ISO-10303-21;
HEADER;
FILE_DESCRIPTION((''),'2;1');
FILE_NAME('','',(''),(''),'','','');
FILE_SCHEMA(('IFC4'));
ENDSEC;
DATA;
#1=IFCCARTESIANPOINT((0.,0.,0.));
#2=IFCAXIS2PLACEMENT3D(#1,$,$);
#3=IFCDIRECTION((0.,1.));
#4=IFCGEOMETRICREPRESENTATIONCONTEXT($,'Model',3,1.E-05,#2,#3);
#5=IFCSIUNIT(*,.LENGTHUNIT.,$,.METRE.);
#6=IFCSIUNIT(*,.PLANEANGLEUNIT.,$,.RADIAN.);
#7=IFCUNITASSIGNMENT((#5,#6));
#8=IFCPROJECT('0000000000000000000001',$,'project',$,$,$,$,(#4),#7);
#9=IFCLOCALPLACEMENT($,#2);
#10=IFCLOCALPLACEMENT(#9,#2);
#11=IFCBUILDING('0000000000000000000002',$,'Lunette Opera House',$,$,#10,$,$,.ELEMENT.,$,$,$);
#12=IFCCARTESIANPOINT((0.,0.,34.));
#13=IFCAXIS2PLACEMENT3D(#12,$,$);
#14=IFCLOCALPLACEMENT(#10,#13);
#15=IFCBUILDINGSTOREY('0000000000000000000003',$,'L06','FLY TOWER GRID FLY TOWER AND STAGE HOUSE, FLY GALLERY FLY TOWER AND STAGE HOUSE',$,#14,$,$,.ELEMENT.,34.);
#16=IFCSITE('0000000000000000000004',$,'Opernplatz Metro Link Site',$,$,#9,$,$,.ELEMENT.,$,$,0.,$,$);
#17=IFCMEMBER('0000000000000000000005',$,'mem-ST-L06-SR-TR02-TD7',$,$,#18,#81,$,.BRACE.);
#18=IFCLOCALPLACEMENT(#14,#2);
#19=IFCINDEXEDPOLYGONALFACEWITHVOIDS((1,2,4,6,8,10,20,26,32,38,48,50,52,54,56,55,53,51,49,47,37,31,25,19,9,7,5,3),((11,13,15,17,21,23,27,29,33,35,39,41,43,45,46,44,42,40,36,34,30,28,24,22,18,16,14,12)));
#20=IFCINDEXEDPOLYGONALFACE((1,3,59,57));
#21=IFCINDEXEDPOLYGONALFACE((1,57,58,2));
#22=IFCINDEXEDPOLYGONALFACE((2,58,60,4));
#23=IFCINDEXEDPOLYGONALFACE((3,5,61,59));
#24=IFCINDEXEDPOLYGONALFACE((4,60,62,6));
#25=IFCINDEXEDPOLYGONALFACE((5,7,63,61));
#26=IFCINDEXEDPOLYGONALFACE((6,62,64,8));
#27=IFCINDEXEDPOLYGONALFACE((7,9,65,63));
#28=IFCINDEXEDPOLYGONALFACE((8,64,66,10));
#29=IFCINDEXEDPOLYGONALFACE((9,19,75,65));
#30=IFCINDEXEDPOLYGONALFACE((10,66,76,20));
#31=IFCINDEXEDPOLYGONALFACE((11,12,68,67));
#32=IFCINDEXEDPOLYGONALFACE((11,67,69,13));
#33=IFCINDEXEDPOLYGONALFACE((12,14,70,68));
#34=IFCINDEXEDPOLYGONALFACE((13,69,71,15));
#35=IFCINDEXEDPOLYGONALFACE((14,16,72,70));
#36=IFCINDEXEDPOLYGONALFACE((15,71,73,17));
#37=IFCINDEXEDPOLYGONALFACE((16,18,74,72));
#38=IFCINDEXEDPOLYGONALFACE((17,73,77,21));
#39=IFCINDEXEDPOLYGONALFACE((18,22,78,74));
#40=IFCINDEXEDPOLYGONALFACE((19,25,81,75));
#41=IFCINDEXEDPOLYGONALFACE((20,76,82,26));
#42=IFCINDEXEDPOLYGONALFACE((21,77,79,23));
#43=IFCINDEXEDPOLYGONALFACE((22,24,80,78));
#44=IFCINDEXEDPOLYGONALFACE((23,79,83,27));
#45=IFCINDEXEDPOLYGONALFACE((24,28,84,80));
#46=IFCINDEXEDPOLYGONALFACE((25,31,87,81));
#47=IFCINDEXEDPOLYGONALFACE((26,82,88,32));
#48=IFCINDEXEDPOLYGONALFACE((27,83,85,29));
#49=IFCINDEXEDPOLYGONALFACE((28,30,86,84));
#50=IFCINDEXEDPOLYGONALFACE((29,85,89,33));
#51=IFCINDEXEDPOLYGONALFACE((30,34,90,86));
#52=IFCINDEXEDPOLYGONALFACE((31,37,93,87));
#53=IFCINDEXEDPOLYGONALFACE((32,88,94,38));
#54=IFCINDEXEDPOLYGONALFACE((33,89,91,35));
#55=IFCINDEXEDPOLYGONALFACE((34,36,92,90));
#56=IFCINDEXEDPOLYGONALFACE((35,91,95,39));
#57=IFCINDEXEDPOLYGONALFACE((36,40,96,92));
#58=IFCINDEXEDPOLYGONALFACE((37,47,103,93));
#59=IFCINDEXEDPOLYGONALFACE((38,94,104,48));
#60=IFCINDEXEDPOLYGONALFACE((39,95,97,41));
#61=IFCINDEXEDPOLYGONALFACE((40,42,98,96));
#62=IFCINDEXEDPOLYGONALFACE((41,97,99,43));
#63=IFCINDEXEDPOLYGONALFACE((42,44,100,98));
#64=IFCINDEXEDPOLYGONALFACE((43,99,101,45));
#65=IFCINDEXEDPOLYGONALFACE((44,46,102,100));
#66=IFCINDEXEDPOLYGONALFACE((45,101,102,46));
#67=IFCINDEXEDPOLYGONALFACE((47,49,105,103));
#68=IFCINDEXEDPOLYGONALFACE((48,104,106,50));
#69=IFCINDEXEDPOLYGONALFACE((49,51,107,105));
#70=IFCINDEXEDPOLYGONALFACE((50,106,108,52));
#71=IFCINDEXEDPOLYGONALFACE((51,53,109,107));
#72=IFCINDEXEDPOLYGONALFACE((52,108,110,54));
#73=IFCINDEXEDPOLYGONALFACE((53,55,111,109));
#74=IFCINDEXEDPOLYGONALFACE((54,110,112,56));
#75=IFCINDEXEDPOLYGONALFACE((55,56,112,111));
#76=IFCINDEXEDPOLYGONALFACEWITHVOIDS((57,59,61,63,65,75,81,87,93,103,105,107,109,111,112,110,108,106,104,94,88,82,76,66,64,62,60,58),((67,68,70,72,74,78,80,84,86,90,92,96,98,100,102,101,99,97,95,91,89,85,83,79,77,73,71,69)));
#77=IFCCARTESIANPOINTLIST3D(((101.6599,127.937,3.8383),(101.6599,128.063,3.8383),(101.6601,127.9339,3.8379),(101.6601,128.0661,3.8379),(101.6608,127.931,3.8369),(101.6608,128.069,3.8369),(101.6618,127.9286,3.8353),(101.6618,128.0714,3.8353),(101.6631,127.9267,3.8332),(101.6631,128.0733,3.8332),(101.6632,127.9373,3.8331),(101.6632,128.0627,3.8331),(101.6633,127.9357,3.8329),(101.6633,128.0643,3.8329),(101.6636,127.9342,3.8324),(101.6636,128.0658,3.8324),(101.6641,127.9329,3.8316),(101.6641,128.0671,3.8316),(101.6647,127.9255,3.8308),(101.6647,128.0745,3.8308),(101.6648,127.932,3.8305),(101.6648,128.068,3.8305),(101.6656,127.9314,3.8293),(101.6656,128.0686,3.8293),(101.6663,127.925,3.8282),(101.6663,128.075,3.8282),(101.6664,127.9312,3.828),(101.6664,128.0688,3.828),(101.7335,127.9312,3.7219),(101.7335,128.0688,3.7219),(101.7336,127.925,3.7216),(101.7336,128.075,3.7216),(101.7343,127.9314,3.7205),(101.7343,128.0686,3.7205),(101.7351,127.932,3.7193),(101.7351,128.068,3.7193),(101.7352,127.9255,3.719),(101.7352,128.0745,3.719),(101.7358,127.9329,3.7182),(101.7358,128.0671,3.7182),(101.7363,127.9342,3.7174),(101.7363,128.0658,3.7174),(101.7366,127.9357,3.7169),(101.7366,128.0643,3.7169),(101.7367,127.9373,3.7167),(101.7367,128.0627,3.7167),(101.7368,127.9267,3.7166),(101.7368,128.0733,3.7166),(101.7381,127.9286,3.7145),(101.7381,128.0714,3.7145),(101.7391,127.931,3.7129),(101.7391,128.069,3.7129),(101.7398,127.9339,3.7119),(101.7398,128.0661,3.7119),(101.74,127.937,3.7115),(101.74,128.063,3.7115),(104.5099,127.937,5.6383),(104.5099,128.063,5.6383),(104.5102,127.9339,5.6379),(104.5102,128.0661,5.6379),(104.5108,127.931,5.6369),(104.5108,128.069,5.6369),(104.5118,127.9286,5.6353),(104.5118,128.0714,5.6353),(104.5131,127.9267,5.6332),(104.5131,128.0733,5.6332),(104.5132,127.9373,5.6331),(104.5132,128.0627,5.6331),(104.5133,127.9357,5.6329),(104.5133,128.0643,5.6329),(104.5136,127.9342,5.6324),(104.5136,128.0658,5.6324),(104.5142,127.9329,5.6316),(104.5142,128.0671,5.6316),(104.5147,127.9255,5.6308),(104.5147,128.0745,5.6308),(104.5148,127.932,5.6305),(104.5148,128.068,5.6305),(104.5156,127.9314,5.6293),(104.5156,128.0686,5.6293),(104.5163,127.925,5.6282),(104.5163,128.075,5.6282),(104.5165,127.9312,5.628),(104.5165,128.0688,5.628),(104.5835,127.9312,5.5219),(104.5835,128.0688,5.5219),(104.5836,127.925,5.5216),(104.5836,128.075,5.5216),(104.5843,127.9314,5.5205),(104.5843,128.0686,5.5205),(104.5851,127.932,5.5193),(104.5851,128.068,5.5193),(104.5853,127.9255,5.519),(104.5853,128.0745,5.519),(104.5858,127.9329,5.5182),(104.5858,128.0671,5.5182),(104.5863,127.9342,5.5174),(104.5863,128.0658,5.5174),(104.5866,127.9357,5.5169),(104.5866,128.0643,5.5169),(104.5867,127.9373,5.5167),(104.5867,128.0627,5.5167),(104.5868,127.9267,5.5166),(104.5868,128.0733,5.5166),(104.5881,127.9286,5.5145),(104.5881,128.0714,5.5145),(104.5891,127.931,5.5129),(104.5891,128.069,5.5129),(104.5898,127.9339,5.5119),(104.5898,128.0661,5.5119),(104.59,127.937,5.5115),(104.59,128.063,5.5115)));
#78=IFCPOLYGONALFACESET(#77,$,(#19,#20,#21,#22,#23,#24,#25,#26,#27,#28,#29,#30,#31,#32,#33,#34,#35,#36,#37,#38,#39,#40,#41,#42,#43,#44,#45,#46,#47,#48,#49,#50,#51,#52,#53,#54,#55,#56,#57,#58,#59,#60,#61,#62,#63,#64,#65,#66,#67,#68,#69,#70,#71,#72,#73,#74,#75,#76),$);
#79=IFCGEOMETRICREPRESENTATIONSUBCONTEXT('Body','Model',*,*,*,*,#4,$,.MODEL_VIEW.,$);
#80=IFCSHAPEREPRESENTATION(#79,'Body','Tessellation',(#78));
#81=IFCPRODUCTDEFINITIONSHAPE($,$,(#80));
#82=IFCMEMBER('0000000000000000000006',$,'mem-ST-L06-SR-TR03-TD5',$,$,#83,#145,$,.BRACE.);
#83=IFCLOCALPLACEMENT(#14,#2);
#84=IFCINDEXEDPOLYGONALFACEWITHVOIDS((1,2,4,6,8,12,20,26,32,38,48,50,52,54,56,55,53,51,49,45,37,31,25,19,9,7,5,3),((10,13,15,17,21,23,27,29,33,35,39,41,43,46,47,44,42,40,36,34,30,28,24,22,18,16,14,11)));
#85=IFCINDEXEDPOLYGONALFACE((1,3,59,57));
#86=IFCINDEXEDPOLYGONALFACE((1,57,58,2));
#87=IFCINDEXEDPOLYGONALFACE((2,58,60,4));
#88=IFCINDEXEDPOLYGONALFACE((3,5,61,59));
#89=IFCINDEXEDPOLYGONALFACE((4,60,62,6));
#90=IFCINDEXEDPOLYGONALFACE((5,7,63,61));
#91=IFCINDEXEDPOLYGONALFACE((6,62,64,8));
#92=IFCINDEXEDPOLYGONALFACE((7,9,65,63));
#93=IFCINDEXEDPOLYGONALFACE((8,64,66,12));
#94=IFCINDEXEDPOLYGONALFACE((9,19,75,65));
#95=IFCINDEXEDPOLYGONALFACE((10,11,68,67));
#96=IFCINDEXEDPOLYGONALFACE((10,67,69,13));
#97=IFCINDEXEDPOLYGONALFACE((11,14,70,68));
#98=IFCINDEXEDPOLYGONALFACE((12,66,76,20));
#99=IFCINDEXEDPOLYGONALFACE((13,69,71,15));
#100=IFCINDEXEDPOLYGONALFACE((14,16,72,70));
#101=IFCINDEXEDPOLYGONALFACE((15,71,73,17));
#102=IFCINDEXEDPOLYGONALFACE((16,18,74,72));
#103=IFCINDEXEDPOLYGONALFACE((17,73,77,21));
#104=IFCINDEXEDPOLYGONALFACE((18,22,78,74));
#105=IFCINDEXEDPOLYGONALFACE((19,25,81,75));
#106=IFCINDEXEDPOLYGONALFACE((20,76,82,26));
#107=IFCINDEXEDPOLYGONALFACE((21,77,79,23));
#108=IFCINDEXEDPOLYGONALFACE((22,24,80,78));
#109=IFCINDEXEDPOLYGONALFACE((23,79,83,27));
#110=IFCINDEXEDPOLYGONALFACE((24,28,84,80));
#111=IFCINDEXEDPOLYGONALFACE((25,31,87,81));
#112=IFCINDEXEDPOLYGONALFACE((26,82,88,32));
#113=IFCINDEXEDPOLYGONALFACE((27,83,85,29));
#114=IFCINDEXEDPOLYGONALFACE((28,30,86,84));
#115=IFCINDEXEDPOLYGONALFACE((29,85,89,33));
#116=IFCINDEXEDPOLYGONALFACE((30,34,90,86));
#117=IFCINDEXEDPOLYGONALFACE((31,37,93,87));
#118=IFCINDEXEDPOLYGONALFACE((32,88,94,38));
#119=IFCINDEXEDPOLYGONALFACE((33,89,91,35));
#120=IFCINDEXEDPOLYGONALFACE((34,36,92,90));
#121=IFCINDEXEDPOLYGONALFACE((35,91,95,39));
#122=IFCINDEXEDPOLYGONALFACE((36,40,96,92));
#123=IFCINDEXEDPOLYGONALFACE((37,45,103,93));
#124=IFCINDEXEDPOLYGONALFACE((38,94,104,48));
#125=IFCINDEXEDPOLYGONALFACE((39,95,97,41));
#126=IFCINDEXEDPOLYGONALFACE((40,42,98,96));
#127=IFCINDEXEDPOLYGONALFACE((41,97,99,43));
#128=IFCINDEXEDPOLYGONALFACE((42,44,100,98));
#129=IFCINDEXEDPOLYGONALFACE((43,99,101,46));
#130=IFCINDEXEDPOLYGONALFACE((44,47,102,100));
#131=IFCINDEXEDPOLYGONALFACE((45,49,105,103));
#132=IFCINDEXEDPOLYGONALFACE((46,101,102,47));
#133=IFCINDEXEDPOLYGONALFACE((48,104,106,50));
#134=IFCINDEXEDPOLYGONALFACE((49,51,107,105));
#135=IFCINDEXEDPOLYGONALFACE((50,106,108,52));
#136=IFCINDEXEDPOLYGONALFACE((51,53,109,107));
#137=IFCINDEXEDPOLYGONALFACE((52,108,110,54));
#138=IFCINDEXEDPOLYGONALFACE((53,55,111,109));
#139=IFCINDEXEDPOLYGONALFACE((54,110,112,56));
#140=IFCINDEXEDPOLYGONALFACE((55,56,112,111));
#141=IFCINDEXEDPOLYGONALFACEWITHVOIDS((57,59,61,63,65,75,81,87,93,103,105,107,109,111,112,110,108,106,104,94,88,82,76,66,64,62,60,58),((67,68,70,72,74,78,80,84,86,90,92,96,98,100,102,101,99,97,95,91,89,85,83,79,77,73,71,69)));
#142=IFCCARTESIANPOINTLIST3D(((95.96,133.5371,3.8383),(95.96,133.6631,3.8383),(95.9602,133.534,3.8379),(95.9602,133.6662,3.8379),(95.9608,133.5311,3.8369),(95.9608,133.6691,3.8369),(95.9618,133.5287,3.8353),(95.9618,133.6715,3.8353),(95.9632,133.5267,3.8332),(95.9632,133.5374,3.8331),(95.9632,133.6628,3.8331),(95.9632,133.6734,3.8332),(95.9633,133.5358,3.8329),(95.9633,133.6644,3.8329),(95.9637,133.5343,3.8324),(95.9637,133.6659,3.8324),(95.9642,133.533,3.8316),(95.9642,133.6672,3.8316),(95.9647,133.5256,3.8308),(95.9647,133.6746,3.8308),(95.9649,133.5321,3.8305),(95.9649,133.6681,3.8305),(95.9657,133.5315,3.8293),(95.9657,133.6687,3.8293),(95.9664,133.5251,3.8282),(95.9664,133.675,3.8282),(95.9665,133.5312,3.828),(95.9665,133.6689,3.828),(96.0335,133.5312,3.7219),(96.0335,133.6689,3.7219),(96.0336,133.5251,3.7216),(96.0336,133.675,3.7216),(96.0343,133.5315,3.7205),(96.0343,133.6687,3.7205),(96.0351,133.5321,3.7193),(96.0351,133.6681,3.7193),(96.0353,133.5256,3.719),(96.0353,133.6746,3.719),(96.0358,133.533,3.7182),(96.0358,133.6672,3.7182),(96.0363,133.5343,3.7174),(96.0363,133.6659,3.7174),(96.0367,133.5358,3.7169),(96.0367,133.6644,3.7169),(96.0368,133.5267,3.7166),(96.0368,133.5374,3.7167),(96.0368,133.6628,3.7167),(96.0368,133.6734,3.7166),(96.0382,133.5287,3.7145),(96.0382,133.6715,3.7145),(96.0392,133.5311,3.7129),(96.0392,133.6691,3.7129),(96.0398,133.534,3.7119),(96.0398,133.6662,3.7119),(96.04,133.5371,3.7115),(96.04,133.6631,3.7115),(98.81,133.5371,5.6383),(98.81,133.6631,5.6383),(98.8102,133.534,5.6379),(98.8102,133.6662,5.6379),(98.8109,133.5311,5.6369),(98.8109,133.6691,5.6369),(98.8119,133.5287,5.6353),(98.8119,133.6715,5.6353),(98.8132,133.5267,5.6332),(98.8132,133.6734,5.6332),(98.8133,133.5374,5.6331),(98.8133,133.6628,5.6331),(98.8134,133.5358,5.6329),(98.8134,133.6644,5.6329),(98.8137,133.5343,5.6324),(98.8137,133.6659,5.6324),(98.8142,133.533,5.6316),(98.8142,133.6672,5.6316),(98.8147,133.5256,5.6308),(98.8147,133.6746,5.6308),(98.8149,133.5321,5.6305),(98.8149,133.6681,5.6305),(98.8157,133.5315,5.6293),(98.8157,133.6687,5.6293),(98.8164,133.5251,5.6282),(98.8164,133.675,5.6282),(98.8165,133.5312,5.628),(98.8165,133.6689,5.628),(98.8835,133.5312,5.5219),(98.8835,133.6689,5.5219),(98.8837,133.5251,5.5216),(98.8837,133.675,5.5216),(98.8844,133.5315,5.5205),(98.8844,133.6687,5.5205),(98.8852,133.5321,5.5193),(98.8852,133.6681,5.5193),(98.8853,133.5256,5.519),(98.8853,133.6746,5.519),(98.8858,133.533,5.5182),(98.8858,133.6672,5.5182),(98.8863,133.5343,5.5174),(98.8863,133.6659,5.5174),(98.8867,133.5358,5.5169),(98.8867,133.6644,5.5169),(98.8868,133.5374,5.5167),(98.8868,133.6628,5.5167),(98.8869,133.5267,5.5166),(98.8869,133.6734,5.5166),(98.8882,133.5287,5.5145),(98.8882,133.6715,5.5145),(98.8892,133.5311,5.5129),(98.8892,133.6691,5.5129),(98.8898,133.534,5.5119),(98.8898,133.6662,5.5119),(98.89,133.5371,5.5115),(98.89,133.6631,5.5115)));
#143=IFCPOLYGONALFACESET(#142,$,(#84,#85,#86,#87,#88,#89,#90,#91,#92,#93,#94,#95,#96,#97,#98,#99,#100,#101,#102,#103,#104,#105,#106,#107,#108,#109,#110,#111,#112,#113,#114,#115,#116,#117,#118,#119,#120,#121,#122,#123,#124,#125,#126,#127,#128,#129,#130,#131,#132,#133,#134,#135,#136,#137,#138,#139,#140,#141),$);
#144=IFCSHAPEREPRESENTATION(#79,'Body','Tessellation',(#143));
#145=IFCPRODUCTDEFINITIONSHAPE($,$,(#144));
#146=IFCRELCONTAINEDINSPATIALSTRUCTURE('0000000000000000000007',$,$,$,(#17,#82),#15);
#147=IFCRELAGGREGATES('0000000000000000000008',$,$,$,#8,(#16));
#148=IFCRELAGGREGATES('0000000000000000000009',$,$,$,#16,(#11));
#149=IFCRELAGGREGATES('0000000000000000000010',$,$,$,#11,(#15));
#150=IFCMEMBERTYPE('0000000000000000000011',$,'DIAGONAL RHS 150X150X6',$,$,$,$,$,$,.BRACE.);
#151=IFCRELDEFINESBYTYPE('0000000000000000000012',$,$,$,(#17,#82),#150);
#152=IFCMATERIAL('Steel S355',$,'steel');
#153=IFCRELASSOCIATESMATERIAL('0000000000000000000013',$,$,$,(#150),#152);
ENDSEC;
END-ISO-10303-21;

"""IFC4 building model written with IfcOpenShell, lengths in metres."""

from ifc_helpers import new_model, si_unit, direction, frame, origin, origin_2d, place, context, subcontext, project, spatial, hollow_rectangle, extrude, material, material_profile, profile_set, type_object, element, save


model = new_model("IFC4")

# Units and contexts
model_context = context("Model", 3, precision=1e-05, world=origin(), true_north=direction((0.0, 1.0)))
body_context = subcontext(model_context, "Body", "Model", "MODEL_VIEW")
ifc_project = project(units=[si_unit("LENGTHUNIT", "METRE"), si_unit("PLANEANGLEUNIT", "RADIAN")], contexts=[model_context])

# Site, building, storey
site_placement = place(None, origin())
site = spatial("IfcSite", under=ifc_project, at=site_placement, Name="Opernplatz Metro Link Site", CompositionType="ELEMENT", RefElevation=0.0)
building_placement = place(site_placement, origin())
building = spatial("IfcBuilding", under=site, at=building_placement, Name="Lunette Opera House", CompositionType="ELEMENT")
storey_placement = place(building_placement, frame((0.0, 0.0, 34.0)))
storey = spatial("IfcBuildingStorey", under=building, at=storey_placement, Name="L06", Description="FLY TOWER GRID FLY TOWER AND STAGE HOUSE, FLY GALLERY FLY TOWER AND STAGE HOUSE", CompositionType="ELEMENT", Elevation=34.0)

# Members
ifc_material_1 = material(Name="Steel S355", Category="steel")
ifc_material_profile_1 = material_profile(ifc_material_1, hollow_rectangle(XDim=0.1499, YDim=0.1499, WallThickness=0.0061, InnerFilletRadius=0.0061, OuterFilletRadius=0.012, at=origin_2d()), Name="RHS 150X150X6")
ifc_profile_set_1 = profile_set([ifc_material_profile_1], Name="Steel S355")
member_type_1 = type_object("IfcMemberType", Name="DIAGONAL RHS 150X150X6", PredefinedType="BRACE", material=ifc_profile_set_1)
for number, where, z_axis, x_axis, name in (
    (1, (101.7, 128.0, 3.7749), (0.845491, 0.0, 0.53399), (0.0, 1.0, 0.0), "mem-ST-L06-SR-TR02-TD7"),
    (2, (96.0, 133.6001, 3.7749), (0.845491, 0.0, 0.53399), (0.0, 1.0, 0.0), "mem-ST-L06-SR-TR03-TD5"),
):
    element("IfcMember", number, at=place(storey_placement, frame(where, z_axis=z_axis, x_axis=x_axis)), inside=storey, type_object=member_type_1, Name=name, PredefinedType="BRACE", context=body_context, shape_type="SweptSolid", body=[
        extrude(hollow_rectangle(XDim=0.1499, YDim=0.1499, WallThickness=0.0061, InnerFilletRadius=0.0061, OuterFilletRadius=0.012, at=origin_2d()), origin(), (0.0, 0.0, 1.0), 3.3708),
    ])

save(model, "model.ifc")
